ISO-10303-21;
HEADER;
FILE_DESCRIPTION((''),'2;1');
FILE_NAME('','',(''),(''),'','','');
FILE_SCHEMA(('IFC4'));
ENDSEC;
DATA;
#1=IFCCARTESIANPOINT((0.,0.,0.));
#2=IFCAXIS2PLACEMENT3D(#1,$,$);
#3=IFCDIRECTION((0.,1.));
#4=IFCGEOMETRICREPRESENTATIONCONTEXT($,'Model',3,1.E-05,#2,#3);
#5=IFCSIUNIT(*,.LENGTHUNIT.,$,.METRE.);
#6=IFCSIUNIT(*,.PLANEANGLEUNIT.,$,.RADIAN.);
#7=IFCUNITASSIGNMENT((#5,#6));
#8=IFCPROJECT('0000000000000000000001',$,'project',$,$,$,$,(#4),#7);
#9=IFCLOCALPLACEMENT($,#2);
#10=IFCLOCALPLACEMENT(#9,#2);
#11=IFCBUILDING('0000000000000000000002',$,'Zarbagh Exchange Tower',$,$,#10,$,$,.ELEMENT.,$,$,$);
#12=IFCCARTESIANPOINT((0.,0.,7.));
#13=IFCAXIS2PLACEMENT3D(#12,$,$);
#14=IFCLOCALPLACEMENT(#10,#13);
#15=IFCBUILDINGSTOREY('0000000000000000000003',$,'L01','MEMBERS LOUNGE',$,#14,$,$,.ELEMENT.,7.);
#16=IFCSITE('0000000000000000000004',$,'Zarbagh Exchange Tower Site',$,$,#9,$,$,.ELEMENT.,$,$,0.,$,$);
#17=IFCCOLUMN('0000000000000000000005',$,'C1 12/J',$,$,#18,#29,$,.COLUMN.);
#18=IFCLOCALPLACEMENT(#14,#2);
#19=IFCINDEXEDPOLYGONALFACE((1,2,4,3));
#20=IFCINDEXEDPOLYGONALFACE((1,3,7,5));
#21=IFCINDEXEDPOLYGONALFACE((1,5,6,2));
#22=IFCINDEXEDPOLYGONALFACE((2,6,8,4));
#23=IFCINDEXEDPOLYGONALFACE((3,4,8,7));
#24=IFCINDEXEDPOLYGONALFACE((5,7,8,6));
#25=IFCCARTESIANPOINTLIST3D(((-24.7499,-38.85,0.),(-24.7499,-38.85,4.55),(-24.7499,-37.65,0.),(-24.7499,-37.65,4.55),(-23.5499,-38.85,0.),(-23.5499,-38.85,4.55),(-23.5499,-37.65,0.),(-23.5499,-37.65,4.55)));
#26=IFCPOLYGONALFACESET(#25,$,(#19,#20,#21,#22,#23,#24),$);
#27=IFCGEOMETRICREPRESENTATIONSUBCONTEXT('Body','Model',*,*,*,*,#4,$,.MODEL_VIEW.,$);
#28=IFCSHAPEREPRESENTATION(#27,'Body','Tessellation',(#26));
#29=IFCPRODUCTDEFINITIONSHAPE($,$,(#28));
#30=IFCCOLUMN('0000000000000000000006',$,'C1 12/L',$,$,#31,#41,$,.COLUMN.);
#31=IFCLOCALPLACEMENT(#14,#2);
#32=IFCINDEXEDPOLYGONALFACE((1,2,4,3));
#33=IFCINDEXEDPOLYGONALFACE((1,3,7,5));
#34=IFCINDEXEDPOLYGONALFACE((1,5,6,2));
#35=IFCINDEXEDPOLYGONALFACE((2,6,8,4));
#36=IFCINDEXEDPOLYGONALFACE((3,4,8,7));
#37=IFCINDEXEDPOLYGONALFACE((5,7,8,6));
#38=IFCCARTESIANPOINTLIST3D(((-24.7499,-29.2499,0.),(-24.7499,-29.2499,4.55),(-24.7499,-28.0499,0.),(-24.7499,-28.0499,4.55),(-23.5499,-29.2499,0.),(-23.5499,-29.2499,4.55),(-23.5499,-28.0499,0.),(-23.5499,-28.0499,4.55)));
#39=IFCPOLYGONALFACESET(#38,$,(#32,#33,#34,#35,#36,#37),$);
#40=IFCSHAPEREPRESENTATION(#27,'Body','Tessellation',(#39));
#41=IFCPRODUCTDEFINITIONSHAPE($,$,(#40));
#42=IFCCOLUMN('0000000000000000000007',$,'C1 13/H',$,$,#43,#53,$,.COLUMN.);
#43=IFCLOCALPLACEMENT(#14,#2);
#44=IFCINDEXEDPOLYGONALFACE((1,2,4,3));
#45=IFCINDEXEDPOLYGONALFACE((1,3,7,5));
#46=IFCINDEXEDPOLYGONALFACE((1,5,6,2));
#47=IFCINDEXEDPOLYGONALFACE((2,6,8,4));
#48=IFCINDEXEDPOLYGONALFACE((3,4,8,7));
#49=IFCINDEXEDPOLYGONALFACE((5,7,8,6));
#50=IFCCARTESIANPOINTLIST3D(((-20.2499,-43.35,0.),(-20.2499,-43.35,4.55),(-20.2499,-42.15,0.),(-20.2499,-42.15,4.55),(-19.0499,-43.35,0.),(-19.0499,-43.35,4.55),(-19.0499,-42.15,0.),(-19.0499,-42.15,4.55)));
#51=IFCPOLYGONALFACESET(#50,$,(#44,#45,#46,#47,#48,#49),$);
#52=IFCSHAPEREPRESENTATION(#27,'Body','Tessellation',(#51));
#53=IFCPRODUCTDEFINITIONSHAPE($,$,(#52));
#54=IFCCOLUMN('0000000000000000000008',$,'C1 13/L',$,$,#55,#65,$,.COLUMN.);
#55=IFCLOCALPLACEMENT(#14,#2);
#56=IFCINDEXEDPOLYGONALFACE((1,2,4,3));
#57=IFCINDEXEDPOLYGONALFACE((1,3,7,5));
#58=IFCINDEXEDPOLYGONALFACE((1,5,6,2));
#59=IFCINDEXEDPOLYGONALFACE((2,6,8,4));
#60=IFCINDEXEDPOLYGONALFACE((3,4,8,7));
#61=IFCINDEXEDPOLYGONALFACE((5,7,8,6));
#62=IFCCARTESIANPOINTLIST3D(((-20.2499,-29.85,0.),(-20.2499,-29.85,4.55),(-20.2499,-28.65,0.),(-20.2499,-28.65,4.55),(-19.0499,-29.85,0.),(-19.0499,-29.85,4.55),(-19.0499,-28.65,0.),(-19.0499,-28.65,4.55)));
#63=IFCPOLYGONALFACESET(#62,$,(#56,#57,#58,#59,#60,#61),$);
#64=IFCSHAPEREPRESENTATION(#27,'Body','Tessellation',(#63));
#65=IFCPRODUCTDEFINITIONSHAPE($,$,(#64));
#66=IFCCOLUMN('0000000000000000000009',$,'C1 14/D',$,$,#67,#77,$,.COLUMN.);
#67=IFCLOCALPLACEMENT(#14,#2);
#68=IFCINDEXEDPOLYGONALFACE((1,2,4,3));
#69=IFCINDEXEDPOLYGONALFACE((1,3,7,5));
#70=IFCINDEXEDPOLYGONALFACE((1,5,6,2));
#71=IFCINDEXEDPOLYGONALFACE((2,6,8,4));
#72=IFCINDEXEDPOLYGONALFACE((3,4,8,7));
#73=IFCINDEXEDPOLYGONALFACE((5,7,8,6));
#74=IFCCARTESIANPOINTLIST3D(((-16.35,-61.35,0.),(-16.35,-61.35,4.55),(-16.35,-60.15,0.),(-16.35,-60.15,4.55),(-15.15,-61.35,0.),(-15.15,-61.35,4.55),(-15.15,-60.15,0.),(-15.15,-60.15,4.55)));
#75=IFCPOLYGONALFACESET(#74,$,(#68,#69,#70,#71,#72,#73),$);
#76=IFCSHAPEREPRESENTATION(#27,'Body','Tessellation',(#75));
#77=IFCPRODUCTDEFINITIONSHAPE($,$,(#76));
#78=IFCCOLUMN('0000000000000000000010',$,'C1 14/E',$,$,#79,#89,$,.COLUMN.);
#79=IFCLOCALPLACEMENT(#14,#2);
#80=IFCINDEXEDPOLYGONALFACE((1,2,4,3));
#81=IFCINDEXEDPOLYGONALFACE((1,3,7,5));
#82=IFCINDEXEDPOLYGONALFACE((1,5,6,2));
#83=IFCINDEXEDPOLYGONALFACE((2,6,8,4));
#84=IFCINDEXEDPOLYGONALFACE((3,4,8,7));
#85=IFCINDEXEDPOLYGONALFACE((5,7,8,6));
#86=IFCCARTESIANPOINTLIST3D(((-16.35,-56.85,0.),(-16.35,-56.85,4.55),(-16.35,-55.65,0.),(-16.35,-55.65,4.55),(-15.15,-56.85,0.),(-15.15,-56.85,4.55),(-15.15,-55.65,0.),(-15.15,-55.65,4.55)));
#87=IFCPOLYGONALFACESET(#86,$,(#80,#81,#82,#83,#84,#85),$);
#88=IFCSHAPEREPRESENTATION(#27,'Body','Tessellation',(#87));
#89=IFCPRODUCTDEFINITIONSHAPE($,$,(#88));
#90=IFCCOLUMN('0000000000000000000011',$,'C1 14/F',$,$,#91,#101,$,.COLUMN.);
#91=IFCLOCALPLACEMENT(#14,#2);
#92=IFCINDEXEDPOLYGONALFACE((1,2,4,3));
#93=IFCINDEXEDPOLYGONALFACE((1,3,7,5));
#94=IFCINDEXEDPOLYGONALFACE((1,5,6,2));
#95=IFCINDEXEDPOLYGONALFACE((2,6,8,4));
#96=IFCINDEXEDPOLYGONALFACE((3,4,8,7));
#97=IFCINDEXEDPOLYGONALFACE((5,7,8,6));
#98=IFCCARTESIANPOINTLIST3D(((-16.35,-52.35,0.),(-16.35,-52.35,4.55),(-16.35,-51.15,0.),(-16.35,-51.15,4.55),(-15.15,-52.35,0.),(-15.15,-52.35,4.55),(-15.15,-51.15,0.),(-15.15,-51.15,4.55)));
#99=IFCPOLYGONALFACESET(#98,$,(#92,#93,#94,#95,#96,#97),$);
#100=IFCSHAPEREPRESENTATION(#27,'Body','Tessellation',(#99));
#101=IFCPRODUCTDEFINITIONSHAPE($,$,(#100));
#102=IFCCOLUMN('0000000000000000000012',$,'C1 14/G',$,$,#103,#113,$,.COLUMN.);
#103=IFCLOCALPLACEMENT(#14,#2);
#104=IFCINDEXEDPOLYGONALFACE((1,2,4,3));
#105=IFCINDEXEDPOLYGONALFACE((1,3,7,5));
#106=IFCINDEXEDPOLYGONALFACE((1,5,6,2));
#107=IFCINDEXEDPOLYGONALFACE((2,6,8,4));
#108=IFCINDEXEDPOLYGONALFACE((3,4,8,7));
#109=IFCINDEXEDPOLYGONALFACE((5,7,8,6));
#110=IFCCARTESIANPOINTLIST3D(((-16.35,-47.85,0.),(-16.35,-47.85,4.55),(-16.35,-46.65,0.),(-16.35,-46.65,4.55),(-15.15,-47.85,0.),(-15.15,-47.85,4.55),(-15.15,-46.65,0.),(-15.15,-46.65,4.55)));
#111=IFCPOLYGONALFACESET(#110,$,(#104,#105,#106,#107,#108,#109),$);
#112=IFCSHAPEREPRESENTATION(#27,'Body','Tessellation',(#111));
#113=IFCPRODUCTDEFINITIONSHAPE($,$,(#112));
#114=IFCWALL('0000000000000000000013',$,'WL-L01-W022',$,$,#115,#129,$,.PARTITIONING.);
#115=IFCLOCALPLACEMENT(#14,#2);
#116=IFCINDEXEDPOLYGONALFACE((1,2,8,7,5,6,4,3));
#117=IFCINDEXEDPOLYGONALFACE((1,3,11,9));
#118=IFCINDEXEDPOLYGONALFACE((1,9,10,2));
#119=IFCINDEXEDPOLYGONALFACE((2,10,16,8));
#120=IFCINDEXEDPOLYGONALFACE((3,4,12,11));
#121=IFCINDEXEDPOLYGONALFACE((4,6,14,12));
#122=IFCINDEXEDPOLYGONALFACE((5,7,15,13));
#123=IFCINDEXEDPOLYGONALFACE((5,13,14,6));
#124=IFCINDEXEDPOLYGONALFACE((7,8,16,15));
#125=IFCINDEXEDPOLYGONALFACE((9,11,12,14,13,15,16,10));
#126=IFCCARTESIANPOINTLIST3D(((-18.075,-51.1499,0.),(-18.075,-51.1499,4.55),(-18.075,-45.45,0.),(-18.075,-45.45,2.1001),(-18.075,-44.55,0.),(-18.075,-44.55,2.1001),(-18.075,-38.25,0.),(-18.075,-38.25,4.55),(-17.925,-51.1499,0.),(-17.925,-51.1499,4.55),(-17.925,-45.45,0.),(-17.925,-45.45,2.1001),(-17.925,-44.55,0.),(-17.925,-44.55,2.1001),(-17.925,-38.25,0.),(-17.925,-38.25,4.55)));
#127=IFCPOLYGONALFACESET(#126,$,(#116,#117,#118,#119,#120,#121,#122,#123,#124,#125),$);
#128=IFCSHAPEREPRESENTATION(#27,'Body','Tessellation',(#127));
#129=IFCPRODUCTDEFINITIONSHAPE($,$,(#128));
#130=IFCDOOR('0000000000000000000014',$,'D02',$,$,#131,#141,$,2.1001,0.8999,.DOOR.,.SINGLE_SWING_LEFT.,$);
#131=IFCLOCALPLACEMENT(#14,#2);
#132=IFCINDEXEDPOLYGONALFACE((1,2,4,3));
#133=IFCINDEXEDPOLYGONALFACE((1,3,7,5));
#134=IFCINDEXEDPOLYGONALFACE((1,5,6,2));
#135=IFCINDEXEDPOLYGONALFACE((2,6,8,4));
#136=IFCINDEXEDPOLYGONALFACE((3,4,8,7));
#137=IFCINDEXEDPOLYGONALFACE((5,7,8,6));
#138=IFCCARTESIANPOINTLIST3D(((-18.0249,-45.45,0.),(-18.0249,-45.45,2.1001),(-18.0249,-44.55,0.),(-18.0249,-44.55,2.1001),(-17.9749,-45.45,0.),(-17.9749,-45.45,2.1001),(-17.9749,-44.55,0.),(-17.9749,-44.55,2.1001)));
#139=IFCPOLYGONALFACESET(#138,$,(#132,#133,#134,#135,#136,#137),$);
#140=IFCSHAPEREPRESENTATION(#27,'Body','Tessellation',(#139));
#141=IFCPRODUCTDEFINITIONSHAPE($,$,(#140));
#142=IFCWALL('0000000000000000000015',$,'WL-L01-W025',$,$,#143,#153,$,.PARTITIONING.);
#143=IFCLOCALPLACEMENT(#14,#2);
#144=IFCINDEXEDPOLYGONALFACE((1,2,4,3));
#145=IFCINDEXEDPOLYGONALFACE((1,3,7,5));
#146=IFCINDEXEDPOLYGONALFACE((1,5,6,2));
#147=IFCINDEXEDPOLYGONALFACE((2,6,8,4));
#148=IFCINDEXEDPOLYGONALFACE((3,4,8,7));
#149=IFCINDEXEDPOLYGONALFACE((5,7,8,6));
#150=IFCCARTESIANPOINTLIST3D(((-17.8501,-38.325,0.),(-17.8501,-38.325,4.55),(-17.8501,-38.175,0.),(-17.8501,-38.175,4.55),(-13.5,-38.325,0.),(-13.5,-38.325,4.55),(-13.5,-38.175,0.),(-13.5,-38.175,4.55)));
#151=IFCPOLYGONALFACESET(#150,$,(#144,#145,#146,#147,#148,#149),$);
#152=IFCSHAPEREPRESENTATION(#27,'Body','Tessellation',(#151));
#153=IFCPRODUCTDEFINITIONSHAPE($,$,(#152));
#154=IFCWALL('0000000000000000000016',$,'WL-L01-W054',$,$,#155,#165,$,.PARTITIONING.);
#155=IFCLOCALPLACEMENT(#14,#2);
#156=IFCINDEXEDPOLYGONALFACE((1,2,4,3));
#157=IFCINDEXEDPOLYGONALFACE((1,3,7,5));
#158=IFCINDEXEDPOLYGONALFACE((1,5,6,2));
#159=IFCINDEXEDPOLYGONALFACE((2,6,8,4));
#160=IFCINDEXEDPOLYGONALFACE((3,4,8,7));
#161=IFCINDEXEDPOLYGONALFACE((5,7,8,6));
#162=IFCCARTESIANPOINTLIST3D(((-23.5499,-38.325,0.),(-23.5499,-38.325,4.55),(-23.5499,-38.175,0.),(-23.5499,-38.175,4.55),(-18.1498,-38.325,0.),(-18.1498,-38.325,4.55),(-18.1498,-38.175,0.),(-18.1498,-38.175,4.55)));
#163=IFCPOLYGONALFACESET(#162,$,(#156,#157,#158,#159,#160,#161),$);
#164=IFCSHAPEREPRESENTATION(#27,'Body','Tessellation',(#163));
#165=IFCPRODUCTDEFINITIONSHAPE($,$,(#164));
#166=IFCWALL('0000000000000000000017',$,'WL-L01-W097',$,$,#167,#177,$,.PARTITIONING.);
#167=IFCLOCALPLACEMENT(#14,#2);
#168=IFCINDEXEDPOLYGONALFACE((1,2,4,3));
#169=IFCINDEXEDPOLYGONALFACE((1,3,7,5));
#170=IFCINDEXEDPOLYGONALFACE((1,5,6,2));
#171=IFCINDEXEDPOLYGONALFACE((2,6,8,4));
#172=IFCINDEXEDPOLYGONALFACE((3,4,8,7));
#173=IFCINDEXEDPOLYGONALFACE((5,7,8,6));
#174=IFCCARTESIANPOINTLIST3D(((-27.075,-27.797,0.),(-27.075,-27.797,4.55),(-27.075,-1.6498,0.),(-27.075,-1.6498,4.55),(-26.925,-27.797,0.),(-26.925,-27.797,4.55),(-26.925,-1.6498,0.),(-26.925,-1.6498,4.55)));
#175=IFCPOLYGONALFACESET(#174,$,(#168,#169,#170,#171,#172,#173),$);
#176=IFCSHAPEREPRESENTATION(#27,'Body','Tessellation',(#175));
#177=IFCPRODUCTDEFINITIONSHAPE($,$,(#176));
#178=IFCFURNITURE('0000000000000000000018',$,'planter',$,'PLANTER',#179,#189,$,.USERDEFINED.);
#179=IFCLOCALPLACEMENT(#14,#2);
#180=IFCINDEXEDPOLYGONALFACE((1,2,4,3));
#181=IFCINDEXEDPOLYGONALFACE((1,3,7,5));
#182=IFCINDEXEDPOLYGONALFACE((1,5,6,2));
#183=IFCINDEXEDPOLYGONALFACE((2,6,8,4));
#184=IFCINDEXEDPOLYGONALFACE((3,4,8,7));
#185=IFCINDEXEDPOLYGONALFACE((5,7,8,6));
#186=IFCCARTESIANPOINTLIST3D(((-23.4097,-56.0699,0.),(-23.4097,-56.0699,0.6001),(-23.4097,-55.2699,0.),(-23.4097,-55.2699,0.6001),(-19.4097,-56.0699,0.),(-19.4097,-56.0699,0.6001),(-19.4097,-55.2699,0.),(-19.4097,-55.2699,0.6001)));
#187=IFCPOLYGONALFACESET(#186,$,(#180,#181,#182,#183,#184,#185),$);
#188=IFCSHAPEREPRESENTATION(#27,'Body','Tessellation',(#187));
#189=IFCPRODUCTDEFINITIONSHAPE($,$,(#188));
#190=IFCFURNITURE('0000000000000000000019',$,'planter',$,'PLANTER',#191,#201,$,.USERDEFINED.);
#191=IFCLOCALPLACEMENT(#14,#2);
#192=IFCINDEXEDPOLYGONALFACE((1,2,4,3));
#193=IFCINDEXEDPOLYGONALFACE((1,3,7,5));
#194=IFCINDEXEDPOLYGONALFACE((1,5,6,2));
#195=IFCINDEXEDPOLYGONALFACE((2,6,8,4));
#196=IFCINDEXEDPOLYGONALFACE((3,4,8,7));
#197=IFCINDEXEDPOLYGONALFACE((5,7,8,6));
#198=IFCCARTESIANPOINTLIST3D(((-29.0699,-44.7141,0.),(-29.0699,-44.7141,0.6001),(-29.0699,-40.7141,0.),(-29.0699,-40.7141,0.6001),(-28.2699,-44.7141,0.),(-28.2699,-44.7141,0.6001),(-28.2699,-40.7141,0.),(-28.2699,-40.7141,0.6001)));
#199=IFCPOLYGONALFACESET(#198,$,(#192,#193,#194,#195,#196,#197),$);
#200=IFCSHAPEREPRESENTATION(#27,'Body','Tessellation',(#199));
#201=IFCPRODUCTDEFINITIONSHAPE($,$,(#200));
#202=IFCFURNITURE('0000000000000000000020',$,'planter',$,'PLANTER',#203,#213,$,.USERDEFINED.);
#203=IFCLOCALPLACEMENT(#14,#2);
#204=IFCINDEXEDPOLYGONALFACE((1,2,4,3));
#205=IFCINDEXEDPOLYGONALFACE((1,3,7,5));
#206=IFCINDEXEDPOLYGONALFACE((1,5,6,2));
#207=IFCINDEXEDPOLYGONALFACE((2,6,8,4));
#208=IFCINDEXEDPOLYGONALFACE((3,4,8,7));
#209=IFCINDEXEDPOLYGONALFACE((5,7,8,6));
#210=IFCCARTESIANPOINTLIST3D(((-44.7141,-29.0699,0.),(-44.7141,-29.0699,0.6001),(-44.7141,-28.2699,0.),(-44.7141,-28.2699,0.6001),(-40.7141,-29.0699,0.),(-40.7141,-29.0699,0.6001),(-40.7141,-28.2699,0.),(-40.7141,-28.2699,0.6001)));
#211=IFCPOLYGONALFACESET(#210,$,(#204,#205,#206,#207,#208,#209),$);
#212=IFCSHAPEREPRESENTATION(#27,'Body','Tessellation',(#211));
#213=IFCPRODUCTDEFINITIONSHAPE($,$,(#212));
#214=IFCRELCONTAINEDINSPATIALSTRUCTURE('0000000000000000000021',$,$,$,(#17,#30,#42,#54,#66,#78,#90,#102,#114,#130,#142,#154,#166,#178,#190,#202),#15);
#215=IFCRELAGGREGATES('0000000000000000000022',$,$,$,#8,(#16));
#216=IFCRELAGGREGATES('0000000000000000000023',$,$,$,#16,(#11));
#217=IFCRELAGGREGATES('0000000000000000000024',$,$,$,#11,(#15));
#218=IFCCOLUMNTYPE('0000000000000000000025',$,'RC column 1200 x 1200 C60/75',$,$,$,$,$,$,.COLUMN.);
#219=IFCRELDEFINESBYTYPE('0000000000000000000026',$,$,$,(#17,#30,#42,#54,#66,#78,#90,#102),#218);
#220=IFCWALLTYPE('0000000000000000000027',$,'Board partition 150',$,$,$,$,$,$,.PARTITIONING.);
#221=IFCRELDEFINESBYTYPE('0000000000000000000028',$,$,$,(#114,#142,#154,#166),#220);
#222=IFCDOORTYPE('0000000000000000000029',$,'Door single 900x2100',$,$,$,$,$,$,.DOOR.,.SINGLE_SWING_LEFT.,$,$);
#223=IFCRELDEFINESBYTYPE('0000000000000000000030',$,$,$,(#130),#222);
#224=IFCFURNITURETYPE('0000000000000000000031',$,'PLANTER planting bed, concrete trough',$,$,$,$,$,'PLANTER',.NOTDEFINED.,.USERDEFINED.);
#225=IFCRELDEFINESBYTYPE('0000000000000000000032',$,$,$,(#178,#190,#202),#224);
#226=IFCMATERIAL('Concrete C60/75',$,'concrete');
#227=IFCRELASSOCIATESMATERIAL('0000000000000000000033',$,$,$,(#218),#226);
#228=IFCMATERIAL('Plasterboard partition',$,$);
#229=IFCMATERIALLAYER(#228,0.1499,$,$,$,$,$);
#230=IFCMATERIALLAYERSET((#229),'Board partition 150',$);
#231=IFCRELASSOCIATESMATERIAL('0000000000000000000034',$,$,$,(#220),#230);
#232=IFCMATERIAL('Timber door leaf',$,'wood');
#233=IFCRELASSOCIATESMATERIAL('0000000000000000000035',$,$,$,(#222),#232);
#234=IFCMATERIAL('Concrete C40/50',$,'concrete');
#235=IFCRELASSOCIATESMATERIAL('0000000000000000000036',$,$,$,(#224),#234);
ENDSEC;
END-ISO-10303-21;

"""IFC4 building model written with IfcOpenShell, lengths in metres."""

from ifc_helpers import new_model, si_unit, direction, frame, frame_2d, origin, origin_2d, place, context, subcontext, project, spatial, rectangle, extrude, material, layer, layer_set, material_profile, profile_set, type_object, element, fill, save


model = new_model("IFC4")

# Units and contexts
model_context = context("Model", 3, precision=1e-05, world=origin(), true_north=direction((0.0, 1.0)))
body_context = subcontext(model_context, "Body", "Model", "MODEL_VIEW")
ifc_project = project(units=[si_unit("LENGTHUNIT", "METRE"), si_unit("PLANEANGLEUNIT", "RADIAN")], contexts=[model_context])

# Site, building, storey
site_placement = place(None, origin())
site = spatial("IfcSite", under=ifc_project, at=site_placement, Name="Zarbagh Exchange Tower Site", CompositionType="ELEMENT", RefElevation=0.0)
building_placement = place(site_placement, origin())
building = spatial("IfcBuilding", under=site, at=building_placement, Name="Zarbagh Exchange Tower", CompositionType="ELEMENT")
storey_placement = place(building_placement, frame((0.0, 0.0, 7.0)))
storey = spatial("IfcBuildingStorey", under=building, at=storey_placement, Name="L01", Description="MEMBERS LOUNGE", CompositionType="ELEMENT", Elevation=7.0)

# Columns
ifc_material_1 = material(Name="Concrete C60/75", Category="concrete")
ifc_material_profile = material_profile(ifc_material_1, rectangle(XDim=1.2, YDim=1.2, at=origin_2d()), Name="RC column 1200 x 1200 C60/75")
ifc_profile_set = profile_set([ifc_material_profile], Name="Concrete C60/75")
column_type = type_object("IfcColumnType", Name="RC column 1200 x 1200 C60/75", PredefinedType="COLUMN", material=ifc_profile_set)
for number, where, z_axis, x_axis, name in (
    (1, (-24.1499, -38.25, 0.0), (0.0, 0.0, 1.0), (1.0, 0.0, 0.0), "C1 12/J"),
    (2, (-24.1499, -28.6499, 0.0), (0.0, 0.0, 1.0), (1.0, 0.0, 0.0), "C1 12/L"),
    (3, (-19.6499, -42.75, 0.0), (0.0, 0.0, 1.0), (1.0, 0.0, 0.0), "C1 13/H"),
    (4, (-19.6499, -29.25, 0.0), (0.0, 0.0, 1.0), (1.0, 0.0, 0.0), "C1 13/L"),
    (5, (-15.75, -60.75, 0.0), (0.0, 0.0, 1.0), (1.0, 0.0, 0.0), "C1 14/D"),
    (6, (-15.75, -56.25, 0.0), (0.0, 0.0, 1.0), (1.0, 0.0, 0.0), "C1 14/E"),
    (7, (-15.75, -51.75, 0.0), (0.0, 0.0, 1.0), (1.0, 0.0, 0.0), "C1 14/F"),
    (8, (-15.75, -47.25, 0.0), (0.0, 0.0, 1.0), (1.0, 0.0, 0.0), "C1 14/G"),
):
    element("IfcColumn", number, at=place(storey_placement, frame(where, z_axis=z_axis, x_axis=x_axis)), inside=storey, type_object=column_type, Name=name, PredefinedType="COLUMN", context=body_context, shape_type="SweptSolid", body=[
        extrude(rectangle(XDim=1.2, YDim=1.2, at=origin_2d()), origin(), (0.0, 0.0, 1.0), 4.55),
    ])

# Wall, opening, door
ifc_material_2 = material(Name="Plasterboard partition")
ifc_layer_1 = layer(ifc_material_2, 0.1499)
ifc_layer_set_1 = layer_set([ifc_layer_1], Name="Board partition 150")
wall_type_1 = type_object("IfcWallType", Name="Board partition 150", PredefinedType="PARTITIONING", material=ifc_layer_set_1)
wall_1_placement = place(storey_placement, frame((-18.0, -51.1499, 0.0), z_axis=(0.0, 0.0, 1.0), x_axis=(0.0, 1.0, 0.0)))
wall_1 = element("IfcWall", 9, at=wall_1_placement, inside=storey, type_object=wall_type_1, Name="WL-L01-W022", PredefinedType="PARTITIONING", context=body_context, shape_type="SweptSolid", body=[
    extrude(rectangle(XDim=12.8999, YDim=0.1499, at=frame_2d((6.45, 0.0))), origin(), (0.0, 0.0, 1.0), 4.55),
])
opening_1_placement = place(wall_1_placement, frame((5.7, 0.0, 0.0)))
opening_1 = element("IfcOpeningElement", 10, at=opening_1_placement, cuts=wall_1, PredefinedType="OPENING", context=body_context, shape_type="SweptSolid", body=[
    extrude(rectangle(XDim=0.8999, YDim=2.1001, at=frame_2d((0.45, 1.05))), frame((0.0, 0.085, 0.0), z_axis=(0.0, -1.0, 0.0), x_axis=(1.0, 0.0, 0.0)), (0.0, 0.0, 1.0), 0.1699),
])
ifc_material_3 = material(Name="Timber door leaf", Category="wood")
door_type_1 = type_object("IfcDoorType", Name="Door single 900x2100", OperationType="SINGLE_SWING_LEFT", PredefinedType="DOOR", material=ifc_material_3)
door_1_placement = place(opening_1_placement, origin())
door_1 = element("IfcDoor", 11, at=door_1_placement, inside=storey, type_object=door_type_1, Name="D02", OperationType="SINGLE_SWING_LEFT", OverallHeight=2.1001, OverallWidth=0.8999, PredefinedType="DOOR", context=body_context, shape_type="SweptSolid", body=[
    extrude(rectangle(XDim=0.8999, YDim=2.1001, at=frame_2d((0.45, 1.05))), frame((0.0, 0.0249, 0.0), z_axis=(0.0, -1.0, 0.0), x_axis=(1.0, 0.0, 0.0)), (0.0, 0.0, 1.0), 0.05),
])
fill(opening_1, door_1)

# Walls
wall_2_placement = place(storey_placement, frame((-17.8501, -38.25, 0.0), z_axis=(0.0, 0.0, 1.0), x_axis=(1.0, 0.0, 0.0)))
element("IfcWall", 12, at=wall_2_placement, inside=storey, type_object=wall_type_1, Name="WL-L01-W025", PredefinedType="PARTITIONING", context=body_context, shape_type="SweptSolid", body=[
    extrude(rectangle(XDim=4.3501, YDim=0.1499, at=frame_2d((2.175, 0.0))), origin(), (0.0, 0.0, 1.0), 4.55),
])
wall_3_placement = place(storey_placement, frame((-23.55, -38.25, 0.0), z_axis=(0.0, 0.0, 1.0), x_axis=(1.0, 0.0, 0.0)))
element("IfcWall", 13, at=wall_3_placement, inside=storey, type_object=wall_type_1, Name="WL-L01-W054", PredefinedType="PARTITIONING", context=body_context, shape_type="SweptSolid", body=[
    extrude(rectangle(XDim=5.4001, YDim=0.1499, at=frame_2d((2.7002, 0.0))), origin(), (0.0, 0.0, 1.0), 4.55),
])
wall_4_placement = place(storey_placement, frame((-27.0, -27.7971, 0.0), z_axis=(0.0, 0.0, 1.0), x_axis=(0.0, 1.0, 0.0)))
element("IfcWall", 14, at=wall_4_placement, inside=storey, type_object=wall_type_1, Name="WL-L01-W097", PredefinedType="PARTITIONING", context=body_context, shape_type="SweptSolid", body=[
    extrude(rectangle(XDim=26.1472, YDim=0.1499, at=frame_2d((13.0737, 0.0))), origin(), (0.0, 0.0, 1.0), 4.55),
])

# Furniture
ifc_material_4 = material(Name="Concrete C40/50", Category="concrete")
furniture_type = type_object("IfcFurnitureType", Name="PLANTER planting bed, concrete trough", ElementType="PLANTER", AssemblyPlace="NOTDEFINED", PredefinedType="USERDEFINED", material=ifc_material_4)
for number, where, z_axis, x_axis, name in (
    (15, (-21.4097, -55.6699, 0.0), (0.0, 0.0, 1.0), (-1.0, 0.0, 0.0), "planter"),
    (16, (-28.6699, -42.7141, 0.0), (0.0, 0.0, 1.0), (0.0, 1.0, 0.0), "planter"),
    (17, (-42.7141, -28.6699, 0.0), (0.0, 0.0, 1.0), (-1.0, 0.0, 0.0), "planter"),
):
    element("IfcFurniture", number, at=place(storey_placement, frame(where, z_axis=z_axis, x_axis=x_axis)), inside=storey, type_object=furniture_type, Name=name, ObjectType="PLANTER", PredefinedType="USERDEFINED", context=body_context, shape_type="SweptSolid", body=[
        extrude(rectangle(XDim=4.0, YDim=0.8, at=origin_2d()), origin(), (0.0, 0.0, 1.0), 0.6001),
    ])

save(model, "model.ifc")
